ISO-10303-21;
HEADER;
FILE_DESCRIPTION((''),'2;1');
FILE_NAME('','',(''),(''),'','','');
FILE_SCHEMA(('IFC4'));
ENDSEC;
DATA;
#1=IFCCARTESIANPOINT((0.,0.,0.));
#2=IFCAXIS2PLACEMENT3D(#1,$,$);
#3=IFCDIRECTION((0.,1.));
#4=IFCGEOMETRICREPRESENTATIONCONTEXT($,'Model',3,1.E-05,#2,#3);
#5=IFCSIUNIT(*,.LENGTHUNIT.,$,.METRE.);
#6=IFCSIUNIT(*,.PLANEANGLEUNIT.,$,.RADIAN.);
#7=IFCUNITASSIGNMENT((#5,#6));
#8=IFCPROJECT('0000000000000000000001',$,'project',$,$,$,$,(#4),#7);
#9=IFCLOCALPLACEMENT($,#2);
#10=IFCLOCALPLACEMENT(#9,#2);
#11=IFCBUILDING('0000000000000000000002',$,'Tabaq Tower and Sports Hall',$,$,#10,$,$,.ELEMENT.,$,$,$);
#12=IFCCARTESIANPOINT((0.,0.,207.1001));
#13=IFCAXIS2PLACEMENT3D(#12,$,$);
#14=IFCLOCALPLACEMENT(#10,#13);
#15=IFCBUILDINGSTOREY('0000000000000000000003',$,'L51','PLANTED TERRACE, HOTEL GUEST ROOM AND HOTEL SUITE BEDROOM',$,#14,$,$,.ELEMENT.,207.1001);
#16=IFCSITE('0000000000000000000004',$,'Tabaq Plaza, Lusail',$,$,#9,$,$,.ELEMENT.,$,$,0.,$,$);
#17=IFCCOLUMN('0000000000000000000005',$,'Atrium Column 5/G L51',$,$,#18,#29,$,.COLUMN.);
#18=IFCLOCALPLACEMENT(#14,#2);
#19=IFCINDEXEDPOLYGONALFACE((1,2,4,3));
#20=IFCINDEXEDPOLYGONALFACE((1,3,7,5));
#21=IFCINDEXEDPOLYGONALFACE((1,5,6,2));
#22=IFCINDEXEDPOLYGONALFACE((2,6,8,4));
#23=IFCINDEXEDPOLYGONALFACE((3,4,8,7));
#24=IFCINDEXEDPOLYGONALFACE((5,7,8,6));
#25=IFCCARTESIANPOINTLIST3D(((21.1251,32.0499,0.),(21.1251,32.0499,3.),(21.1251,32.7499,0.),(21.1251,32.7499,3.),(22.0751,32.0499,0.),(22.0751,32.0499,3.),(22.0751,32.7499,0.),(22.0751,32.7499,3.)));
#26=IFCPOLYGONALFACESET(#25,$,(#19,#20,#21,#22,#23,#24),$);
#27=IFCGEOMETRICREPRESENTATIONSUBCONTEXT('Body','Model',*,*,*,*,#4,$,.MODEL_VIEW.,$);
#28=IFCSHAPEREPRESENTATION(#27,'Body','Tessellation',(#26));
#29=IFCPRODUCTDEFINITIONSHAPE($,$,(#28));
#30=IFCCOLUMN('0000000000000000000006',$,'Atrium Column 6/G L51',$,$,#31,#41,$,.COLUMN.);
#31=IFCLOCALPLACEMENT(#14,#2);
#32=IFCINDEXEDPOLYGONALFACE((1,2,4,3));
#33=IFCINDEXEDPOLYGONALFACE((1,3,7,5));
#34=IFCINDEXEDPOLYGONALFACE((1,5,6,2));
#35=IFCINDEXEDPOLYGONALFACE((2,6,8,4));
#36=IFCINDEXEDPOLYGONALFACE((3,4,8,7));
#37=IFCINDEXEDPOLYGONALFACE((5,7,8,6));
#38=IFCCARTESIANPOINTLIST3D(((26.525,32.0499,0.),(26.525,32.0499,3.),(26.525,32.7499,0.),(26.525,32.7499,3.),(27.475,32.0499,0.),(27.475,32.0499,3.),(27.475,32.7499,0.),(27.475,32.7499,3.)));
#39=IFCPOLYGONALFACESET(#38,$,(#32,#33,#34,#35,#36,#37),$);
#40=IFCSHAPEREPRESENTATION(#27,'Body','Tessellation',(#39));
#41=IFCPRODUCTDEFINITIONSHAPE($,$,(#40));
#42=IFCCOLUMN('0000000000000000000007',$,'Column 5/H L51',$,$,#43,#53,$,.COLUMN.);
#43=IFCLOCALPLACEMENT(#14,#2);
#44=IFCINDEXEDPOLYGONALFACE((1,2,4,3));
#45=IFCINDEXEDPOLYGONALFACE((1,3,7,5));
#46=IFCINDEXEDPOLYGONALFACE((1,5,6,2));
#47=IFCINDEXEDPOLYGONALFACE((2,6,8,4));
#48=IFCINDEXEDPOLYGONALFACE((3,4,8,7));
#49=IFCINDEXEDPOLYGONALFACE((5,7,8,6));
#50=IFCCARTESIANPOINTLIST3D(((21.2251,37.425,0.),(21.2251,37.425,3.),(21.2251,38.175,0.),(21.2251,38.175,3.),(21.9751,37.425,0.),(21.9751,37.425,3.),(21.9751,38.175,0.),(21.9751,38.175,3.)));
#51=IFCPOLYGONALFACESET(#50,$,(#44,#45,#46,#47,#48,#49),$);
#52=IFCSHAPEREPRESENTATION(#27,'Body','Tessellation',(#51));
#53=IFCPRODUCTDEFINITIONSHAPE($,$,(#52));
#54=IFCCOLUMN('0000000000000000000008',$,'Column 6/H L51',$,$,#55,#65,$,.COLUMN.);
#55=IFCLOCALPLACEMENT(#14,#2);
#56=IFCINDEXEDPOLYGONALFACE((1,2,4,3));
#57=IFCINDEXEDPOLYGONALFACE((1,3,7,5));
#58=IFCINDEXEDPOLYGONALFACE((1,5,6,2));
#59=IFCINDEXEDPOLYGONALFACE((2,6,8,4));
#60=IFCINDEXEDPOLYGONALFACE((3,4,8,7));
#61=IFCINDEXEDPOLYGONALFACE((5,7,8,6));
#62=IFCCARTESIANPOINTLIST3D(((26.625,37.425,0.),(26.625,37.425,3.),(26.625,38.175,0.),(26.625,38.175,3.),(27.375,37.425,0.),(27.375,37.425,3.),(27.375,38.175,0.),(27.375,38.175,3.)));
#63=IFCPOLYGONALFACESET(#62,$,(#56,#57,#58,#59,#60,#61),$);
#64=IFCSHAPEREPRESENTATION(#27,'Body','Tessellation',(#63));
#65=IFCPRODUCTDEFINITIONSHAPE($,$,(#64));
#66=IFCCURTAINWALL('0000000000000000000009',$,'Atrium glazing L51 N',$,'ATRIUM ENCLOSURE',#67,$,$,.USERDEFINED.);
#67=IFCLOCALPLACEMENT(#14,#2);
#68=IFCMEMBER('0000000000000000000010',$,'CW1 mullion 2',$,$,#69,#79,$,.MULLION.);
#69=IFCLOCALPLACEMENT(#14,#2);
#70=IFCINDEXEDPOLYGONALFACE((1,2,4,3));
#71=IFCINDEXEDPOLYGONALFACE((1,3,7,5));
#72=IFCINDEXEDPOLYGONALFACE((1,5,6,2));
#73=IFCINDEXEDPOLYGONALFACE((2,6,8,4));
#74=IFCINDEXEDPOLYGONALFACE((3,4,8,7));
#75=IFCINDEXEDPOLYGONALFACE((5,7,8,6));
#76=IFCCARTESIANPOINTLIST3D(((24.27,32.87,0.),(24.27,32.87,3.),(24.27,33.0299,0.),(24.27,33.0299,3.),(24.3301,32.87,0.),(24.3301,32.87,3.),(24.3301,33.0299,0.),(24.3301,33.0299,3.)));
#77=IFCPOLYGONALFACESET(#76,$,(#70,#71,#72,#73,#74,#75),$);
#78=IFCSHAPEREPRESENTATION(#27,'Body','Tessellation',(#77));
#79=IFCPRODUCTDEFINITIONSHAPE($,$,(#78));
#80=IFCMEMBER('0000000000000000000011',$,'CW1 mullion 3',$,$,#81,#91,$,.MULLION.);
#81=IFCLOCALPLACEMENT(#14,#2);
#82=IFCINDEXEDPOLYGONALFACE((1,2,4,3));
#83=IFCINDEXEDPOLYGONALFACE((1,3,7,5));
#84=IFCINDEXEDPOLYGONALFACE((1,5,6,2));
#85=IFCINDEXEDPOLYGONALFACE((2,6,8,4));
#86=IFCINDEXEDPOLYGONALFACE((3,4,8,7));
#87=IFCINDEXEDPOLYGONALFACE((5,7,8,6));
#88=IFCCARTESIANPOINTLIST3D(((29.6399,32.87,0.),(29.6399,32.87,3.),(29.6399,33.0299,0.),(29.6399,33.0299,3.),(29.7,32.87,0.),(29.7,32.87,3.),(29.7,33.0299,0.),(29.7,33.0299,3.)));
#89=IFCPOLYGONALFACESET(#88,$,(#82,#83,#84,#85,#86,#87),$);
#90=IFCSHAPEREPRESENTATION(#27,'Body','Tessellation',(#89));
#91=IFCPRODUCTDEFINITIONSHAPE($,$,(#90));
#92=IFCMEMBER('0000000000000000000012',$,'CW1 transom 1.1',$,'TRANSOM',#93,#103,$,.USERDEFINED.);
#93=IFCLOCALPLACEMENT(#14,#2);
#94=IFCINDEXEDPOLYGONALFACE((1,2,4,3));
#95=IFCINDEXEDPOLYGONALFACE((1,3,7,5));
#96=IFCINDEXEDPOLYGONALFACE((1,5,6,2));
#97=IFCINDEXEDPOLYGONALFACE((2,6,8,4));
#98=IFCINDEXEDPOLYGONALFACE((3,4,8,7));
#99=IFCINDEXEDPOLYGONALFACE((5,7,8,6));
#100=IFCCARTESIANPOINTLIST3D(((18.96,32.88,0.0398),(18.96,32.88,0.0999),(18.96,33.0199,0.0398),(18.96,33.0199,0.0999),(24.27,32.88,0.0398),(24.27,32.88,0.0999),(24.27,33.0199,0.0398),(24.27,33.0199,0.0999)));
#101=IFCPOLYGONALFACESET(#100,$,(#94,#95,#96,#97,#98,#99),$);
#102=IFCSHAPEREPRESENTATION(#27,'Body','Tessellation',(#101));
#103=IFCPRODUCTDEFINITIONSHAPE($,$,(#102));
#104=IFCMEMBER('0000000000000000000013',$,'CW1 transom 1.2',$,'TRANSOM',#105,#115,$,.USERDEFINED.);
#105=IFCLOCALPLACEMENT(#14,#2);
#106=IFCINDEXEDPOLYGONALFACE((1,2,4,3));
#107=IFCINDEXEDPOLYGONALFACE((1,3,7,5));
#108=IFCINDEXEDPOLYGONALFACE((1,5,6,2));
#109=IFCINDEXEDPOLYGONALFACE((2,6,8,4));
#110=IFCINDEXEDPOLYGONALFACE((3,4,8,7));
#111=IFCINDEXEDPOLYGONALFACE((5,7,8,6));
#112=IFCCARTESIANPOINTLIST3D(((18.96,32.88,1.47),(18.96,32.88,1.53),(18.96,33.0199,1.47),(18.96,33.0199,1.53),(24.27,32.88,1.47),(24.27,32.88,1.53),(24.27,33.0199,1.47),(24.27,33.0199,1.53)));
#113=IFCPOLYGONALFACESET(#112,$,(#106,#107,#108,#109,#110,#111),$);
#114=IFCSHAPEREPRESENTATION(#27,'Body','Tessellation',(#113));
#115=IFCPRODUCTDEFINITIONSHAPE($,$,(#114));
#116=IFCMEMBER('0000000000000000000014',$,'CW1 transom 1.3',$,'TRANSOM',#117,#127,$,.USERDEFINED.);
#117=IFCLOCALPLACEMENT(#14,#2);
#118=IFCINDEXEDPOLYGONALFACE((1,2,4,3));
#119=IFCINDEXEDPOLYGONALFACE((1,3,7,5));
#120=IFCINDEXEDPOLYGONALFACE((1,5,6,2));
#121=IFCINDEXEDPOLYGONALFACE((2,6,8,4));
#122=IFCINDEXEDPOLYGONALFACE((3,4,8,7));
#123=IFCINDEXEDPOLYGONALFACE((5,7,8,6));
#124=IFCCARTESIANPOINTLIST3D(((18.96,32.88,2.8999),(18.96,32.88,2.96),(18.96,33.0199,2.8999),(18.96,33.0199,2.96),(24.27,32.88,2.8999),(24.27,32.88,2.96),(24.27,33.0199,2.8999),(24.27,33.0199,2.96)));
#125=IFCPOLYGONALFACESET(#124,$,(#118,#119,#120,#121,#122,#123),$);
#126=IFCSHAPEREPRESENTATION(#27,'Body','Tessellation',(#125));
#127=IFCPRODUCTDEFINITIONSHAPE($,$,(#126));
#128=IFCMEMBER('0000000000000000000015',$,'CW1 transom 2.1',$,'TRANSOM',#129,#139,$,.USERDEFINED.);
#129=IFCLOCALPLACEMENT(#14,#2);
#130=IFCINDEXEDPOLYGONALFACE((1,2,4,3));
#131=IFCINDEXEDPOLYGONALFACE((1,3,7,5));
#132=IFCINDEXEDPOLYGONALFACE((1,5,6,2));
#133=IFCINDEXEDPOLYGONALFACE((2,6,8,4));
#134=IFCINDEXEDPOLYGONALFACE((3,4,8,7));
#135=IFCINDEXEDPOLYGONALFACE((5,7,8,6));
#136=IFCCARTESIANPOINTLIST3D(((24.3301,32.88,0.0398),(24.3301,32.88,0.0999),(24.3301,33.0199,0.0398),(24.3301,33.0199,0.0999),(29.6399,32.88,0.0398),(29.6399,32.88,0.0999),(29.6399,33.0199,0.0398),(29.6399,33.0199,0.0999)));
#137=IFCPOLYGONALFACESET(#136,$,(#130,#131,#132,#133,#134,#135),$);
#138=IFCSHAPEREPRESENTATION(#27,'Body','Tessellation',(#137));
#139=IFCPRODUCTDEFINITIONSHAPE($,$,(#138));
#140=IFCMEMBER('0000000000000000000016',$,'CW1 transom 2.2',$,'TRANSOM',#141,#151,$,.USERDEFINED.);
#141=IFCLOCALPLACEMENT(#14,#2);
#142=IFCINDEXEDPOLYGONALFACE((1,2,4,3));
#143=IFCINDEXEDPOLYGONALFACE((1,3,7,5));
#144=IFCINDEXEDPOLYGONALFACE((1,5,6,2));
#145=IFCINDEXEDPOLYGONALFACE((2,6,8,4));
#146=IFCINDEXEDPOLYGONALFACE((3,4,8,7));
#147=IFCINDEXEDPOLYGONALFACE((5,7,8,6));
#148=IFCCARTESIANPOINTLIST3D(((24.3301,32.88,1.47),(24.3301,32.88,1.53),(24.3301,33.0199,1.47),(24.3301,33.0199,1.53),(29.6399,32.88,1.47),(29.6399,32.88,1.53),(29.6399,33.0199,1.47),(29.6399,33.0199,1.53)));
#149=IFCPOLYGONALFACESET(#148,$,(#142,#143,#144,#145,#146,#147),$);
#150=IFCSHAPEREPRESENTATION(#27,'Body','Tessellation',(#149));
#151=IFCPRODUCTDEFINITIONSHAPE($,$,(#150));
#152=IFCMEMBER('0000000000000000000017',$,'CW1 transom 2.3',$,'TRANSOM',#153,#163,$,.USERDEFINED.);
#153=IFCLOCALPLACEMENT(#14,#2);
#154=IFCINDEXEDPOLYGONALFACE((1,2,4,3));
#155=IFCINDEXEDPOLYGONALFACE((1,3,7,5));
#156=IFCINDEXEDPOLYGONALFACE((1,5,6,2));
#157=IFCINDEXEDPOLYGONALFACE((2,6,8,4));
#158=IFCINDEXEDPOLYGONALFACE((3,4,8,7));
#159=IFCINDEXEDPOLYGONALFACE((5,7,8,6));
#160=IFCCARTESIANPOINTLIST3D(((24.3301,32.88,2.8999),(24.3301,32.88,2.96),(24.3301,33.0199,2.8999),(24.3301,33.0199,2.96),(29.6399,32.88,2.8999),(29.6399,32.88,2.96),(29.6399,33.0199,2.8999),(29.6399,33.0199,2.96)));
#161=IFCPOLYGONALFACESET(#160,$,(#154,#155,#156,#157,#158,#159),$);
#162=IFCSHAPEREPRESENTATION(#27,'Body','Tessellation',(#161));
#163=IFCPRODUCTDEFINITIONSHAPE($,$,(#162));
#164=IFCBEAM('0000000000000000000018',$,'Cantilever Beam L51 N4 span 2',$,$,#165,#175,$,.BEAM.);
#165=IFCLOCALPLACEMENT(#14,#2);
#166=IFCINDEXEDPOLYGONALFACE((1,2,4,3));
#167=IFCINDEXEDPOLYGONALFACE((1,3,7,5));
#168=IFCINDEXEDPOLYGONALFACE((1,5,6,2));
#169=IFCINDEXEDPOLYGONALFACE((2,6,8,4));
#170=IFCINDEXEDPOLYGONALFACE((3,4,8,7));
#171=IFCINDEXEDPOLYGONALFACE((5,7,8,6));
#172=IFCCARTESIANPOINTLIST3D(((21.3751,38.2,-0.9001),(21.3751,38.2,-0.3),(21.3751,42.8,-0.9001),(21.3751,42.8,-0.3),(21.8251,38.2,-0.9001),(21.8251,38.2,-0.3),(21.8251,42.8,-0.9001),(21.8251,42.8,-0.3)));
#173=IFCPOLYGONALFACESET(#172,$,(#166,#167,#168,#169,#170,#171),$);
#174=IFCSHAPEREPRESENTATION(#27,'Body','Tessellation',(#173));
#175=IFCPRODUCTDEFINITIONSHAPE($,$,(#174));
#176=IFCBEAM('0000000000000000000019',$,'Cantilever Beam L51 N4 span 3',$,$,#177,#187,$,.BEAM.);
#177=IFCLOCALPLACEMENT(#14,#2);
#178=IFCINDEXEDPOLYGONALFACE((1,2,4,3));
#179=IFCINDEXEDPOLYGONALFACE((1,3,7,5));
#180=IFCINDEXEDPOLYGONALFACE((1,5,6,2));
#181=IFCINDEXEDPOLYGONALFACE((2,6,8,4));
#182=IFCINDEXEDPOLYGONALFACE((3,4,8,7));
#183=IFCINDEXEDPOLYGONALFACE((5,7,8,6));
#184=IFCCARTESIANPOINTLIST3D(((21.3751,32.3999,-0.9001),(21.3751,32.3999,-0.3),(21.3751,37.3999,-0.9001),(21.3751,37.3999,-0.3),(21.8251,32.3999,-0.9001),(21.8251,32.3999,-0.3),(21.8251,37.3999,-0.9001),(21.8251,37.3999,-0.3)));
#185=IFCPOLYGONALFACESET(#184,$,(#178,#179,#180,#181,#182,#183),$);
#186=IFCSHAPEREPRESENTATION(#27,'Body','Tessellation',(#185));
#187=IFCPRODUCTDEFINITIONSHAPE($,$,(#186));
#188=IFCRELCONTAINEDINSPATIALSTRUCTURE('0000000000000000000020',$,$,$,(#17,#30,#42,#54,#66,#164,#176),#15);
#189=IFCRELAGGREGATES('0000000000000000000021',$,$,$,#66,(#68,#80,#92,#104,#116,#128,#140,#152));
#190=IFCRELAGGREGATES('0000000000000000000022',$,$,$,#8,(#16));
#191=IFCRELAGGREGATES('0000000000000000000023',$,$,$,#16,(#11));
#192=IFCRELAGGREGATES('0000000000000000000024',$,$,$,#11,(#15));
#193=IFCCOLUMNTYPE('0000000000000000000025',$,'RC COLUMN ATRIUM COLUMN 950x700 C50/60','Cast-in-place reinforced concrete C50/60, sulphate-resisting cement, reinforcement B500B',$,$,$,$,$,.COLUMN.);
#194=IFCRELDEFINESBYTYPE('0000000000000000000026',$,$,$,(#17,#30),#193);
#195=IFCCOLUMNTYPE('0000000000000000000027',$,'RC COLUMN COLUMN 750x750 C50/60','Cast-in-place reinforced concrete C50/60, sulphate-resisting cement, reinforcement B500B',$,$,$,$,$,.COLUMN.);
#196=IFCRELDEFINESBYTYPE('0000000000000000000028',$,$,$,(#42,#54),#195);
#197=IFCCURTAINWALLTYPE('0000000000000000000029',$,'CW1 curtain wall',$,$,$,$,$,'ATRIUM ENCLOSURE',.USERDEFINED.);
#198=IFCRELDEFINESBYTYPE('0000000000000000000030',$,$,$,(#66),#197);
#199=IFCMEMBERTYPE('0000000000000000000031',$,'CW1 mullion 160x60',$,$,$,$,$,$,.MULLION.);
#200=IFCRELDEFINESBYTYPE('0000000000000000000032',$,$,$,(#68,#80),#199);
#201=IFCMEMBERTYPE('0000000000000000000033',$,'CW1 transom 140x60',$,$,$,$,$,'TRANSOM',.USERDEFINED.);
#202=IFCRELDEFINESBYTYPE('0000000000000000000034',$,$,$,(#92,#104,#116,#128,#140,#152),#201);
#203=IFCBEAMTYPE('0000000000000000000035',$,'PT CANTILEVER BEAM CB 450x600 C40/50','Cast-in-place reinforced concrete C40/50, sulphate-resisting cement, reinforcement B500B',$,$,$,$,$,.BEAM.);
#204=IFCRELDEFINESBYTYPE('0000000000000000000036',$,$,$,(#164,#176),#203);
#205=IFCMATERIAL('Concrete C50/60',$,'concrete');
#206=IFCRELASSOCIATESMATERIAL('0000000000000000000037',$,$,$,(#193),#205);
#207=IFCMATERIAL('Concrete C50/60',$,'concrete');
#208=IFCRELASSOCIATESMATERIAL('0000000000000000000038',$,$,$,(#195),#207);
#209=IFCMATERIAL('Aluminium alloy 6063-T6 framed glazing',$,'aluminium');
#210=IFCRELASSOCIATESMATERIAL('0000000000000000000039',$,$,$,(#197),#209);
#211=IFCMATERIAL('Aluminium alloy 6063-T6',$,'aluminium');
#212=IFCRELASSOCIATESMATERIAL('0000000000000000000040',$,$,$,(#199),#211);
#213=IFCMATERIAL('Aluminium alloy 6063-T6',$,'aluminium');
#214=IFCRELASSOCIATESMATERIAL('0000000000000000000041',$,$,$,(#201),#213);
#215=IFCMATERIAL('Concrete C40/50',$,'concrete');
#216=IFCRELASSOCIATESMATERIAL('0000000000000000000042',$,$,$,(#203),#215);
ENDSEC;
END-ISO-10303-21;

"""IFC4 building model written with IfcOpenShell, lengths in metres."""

from ifc_helpers import new_model, si_unit, direction, frame, origin, origin_2d, place, context, subcontext, project, spatial, rectangle, extrude, material, material_profile, profile_set, type_object, element, aggregate, save


model = new_model("IFC4")

# Units and contexts
model_context = context("Model", 3, precision=1e-05, world=origin(), true_north=direction((0.0, 1.0)))
body_context = subcontext(model_context, "Body", "Model", "MODEL_VIEW")
ifc_project = project(units=[si_unit("LENGTHUNIT", "METRE"), si_unit("PLANEANGLEUNIT", "RADIAN")], contexts=[model_context])

# Site, building, storey
site_placement = place(None, origin())
site = spatial("IfcSite", under=ifc_project, at=site_placement, Name="Tabaq Plaza, Lusail", CompositionType="ELEMENT", RefElevation=0.0)
building_placement = place(site_placement, origin())
building = spatial("IfcBuilding", under=site, at=building_placement, Name="Tabaq Tower and Sports Hall", CompositionType="ELEMENT")
storey_placement = place(building_placement, frame((0.0, 0.0, 207.1001)))
storey = spatial("IfcBuildingStorey", under=building, at=storey_placement, Name="L51", Description="PLANTED TERRACE, HOTEL GUEST ROOM AND HOTEL SUITE BEDROOM", CompositionType="ELEMENT", Elevation=207.1001)

# Columns
ifc_material_1 = material(Name="Concrete C50/60", Category="concrete")
ifc_material_profile_1 = material_profile(ifc_material_1, rectangle(XDim=0.95, YDim=0.7, at=origin_2d()), Name="ATRIUM COLUMN 950x700")
ifc_profile_set_1 = profile_set([ifc_material_profile_1], Name="Concrete C50/60")
column_type_1 = type_object("IfcColumnType", Name="RC COLUMN ATRIUM COLUMN 950x700 C50/60", Description="Cast-in-place reinforced concrete C50/60, sulphate-resisting cement, reinforcement B500B", PredefinedType="COLUMN", material=ifc_profile_set_1)
for number, where, z_axis, x_axis, name in (
    (1, (21.6001, 32.3999, 0.0), (0.0, 0.0, 1.0), (1.0, 0.0, 0.0), "Atrium Column 5/G L51"),
    (2, (27.0, 32.3999, 0.0), (0.0, 0.0, 1.0), (1.0, 0.0, 0.0), "Atrium Column 6/G L51"),
):
    element("IfcColumn", number, at=place(storey_placement, frame(where, z_axis=z_axis, x_axis=x_axis)), inside=storey, type_object=column_type_1, Name=name, PredefinedType="COLUMN", context=body_context, shape_type="SweptSolid", body=[
        extrude(rectangle(XDim=0.95, YDim=0.7, at=origin_2d()), origin(), (0.0, 0.0, 1.0), 3.0),
    ])
ifc_material_2 = material(Name="Concrete C50/60", Category="concrete")
ifc_material_profile_2 = material_profile(ifc_material_2, rectangle(XDim=0.75, YDim=0.75, at=origin_2d()), Name="COLUMN 750x750")
ifc_profile_set_2 = profile_set([ifc_material_profile_2], Name="Concrete C50/60")
column_type_2 = type_object("IfcColumnType", Name="RC COLUMN COLUMN 750x750 C50/60", Description="Cast-in-place reinforced concrete C50/60, sulphate-resisting cement, reinforcement B500B", PredefinedType="COLUMN", material=ifc_profile_set_2)
for number, where, z_axis, x_axis, name in (
    (3, (21.6001, 37.8, 0.0), (0.0, 0.0, 1.0), (1.0, 0.0, 0.0), "Column 5/H L51"),
    (4, (27.0, 37.8, 0.0), (0.0, 0.0, 1.0), (1.0, 0.0, 0.0), "Column 6/H L51"),
):
    element("IfcColumn", number, at=place(storey_placement, frame(where, z_axis=z_axis, x_axis=x_axis)), inside=storey, type_object=column_type_2, Name=name, PredefinedType="COLUMN", context=body_context, shape_type="SweptSolid", body=[
        extrude(rectangle(XDim=0.75, YDim=0.75, at=origin_2d()), origin(), (0.0, 0.0, 1.0), 3.0),
    ])

# Curtain wall, members
ifc_material_3 = material(Name="Aluminium alloy 6063-T6 framed glazing", Category="aluminium")
curtain_wall_type = type_object("IfcCurtainWallType", Name="CW1 curtain wall", ElementType="ATRIUM ENCLOSURE", PredefinedType="USERDEFINED", material=ifc_material_3)
curtain_wall_placement = place(storey_placement, origin())
curtain_wall = element("IfcCurtainWall", 5, at=curtain_wall_placement, inside=storey, type_object=curtain_wall_type, Name="Atrium glazing L51 N", ObjectType="ATRIUM ENCLOSURE", PredefinedType="USERDEFINED")
ifc_material_4 = material(Name="Aluminium alloy 6063-T6", Category="aluminium")
ifc_material_profile_3 = material_profile(ifc_material_4, rectangle(XDim=0.1599, YDim=0.0601, at=origin_2d()), Name="MULLION 160x60")
ifc_profile_set_3 = profile_set([ifc_material_profile_3], Name="Aluminium alloy 6063-T6")
member_type_1 = type_object("IfcMemberType", Name="CW1 mullion 160x60", PredefinedType="MULLION", material=ifc_profile_set_3)
member_1_placement = place(storey_placement, frame((24.3, 32.95, 0.0), z_axis=(0.0, 0.0, 1.0), x_axis=(0.0, 1.0, 0.0)))
member_1 = element("IfcMember", 6, at=member_1_placement, type_object=member_type_1, Name="CW1 mullion 2", PredefinedType="MULLION", context=body_context, shape_type="SweptSolid", body=[
    extrude(rectangle(XDim=0.1599, YDim=0.0601, at=origin_2d()), origin(), (0.0, 0.0, 1.0), 3.0),
])
member_2_placement = place(storey_placement, frame((29.6699, 32.95, 0.0), z_axis=(0.0, 0.0, 1.0), x_axis=(0.0, 1.0, 0.0)))
member_2 = element("IfcMember", 7, at=member_2_placement, type_object=member_type_1, Name="CW1 mullion 3", PredefinedType="MULLION", context=body_context, shape_type="SweptSolid", body=[
    extrude(rectangle(XDim=0.1599, YDim=0.0601, at=origin_2d()), origin(), (0.0, 0.0, 1.0), 3.0),
])
ifc_material_5 = material(Name="Aluminium alloy 6063-T6", Category="aluminium")
ifc_material_profile_4 = material_profile(ifc_material_5, rectangle(XDim=0.1399, YDim=0.0601, at=origin_2d()), Name="TRANSOM 140x60")
ifc_profile_set_4 = profile_set([ifc_material_profile_4], Name="Aluminium alloy 6063-T6")
member_type_2 = type_object("IfcMemberType", Name="CW1 transom 140x60", ElementType="TRANSOM", PredefinedType="USERDEFINED", material=ifc_profile_set_4)
member_3_placement = place(storey_placement, frame((18.96, 32.95, 0.0698), z_axis=(1.0, 0.0, 0.0), x_axis=(0.0, 1.0, 0.0)))
member_3 = element("IfcMember", 8, at=member_3_placement, type_object=member_type_2, Name="CW1 transom 1.1", ObjectType="TRANSOM", PredefinedType="USERDEFINED", context=body_context, shape_type="SweptSolid", body=[
    extrude(rectangle(XDim=0.1399, YDim=0.0601, at=origin_2d()), origin(), (0.0, 0.0, 1.0), 5.3101),
])
member_4_placement = place(storey_placement, frame((18.96, 32.95, 1.5), z_axis=(1.0, 0.0, 0.0), x_axis=(0.0, 1.0, 0.0)))
member_4 = element("IfcMember", 9, at=member_4_placement, type_object=member_type_2, Name="CW1 transom 1.2", ObjectType="TRANSOM", PredefinedType="USERDEFINED", context=body_context, shape_type="SweptSolid", body=[
    extrude(rectangle(XDim=0.1399, YDim=0.0601, at=origin_2d()), origin(), (0.0, 0.0, 1.0), 5.3101),
])
member_5_placement = place(storey_placement, frame((18.96, 32.95, 2.9299), z_axis=(1.0, 0.0, 0.0), x_axis=(0.0, 1.0, 0.0)))
member_5 = element("IfcMember", 10, at=member_5_placement, type_object=member_type_2, Name="CW1 transom 1.3", ObjectType="TRANSOM", PredefinedType="USERDEFINED", context=body_context, shape_type="SweptSolid", body=[
    extrude(rectangle(XDim=0.1399, YDim=0.0601, at=origin_2d()), origin(), (0.0, 0.0, 1.0), 5.3101),
])
member_6_placement = place(storey_placement, frame((24.3301, 32.95, 0.0698), z_axis=(1.0, 0.0, 0.0), x_axis=(0.0, 1.0, 0.0)))
member_6 = element("IfcMember", 11, at=member_6_placement, type_object=member_type_2, Name="CW1 transom 2.1", ObjectType="TRANSOM", PredefinedType="USERDEFINED", context=body_context, shape_type="SweptSolid", body=[
    extrude(rectangle(XDim=0.1399, YDim=0.0601, at=origin_2d()), origin(), (0.0, 0.0, 1.0), 5.3098),
])
member_7_placement = place(storey_placement, frame((24.3301, 32.95, 1.5), z_axis=(1.0, 0.0, 0.0), x_axis=(0.0, 1.0, 0.0)))
member_7 = element("IfcMember", 12, at=member_7_placement, type_object=member_type_2, Name="CW1 transom 2.2", ObjectType="TRANSOM", PredefinedType="USERDEFINED", context=body_context, shape_type="SweptSolid", body=[
    extrude(rectangle(XDim=0.1399, YDim=0.0601, at=origin_2d()), origin(), (0.0, 0.0, 1.0), 5.3098),
])
member_8_placement = place(storey_placement, frame((24.3301, 32.95, 2.9299), z_axis=(1.0, 0.0, 0.0), x_axis=(0.0, 1.0, 0.0)))
member_8 = element("IfcMember", 13, at=member_8_placement, type_object=member_type_2, Name="CW1 transom 2.3", ObjectType="TRANSOM", PredefinedType="USERDEFINED", context=body_context, shape_type="SweptSolid", body=[
    extrude(rectangle(XDim=0.1399, YDim=0.0601, at=origin_2d()), origin(), (0.0, 0.0, 1.0), 5.3098),
])

# Beams
ifc_material_6 = material(Name="Concrete C40/50", Category="concrete")
ifc_material_profile_5 = material_profile(ifc_material_6, rectangle(XDim=0.45, YDim=0.6001, at=origin_2d()), Name="CB 450x600")
ifc_profile_set_5 = profile_set([ifc_material_profile_5], Name="Concrete C40/50")
beam_type = type_object("IfcBeamType", Name="PT CANTILEVER BEAM CB 450x600 C40/50", Description="Cast-in-place reinforced concrete C40/50, sulphate-resisting cement, reinforcement B500B", PredefinedType="BEAM", material=ifc_profile_set_5)
beam_1_placement = place(storey_placement, frame((21.6001, 42.8, -0.6001), z_axis=(0.0, -1.0, 0.0), x_axis=(1.0, 0.0, 0.0)))
element("IfcBeam", 14, at=beam_1_placement, inside=storey, type_object=beam_type, Name="Cantilever Beam L51 N4 span 2", PredefinedType="BEAM", context=body_context, shape_type="SweptSolid", body=[
    extrude(rectangle(XDim=0.45, YDim=0.6001, at=origin_2d()), origin(), (0.0, 0.0, 1.0), 4.6001),
])
beam_2_placement = place(storey_placement, frame((21.6001, 37.3999, -0.6001), z_axis=(0.0, -1.0, 0.0), x_axis=(1.0, 0.0, 0.0)))
element("IfcBeam", 15, at=beam_2_placement, inside=storey, type_object=beam_type, Name="Cantilever Beam L51 N4 span 3", PredefinedType="BEAM", context=body_context, shape_type="SweptSolid", body=[
    extrude(rectangle(XDim=0.45, YDim=0.6001, at=origin_2d()), origin(), (0.0, 0.0, 1.0), 5.0),
])

aggregate(curtain_wall, [member_1, member_2, member_3, member_4, member_5, member_6, member_7, member_8])

save(model, "model.ifc")
